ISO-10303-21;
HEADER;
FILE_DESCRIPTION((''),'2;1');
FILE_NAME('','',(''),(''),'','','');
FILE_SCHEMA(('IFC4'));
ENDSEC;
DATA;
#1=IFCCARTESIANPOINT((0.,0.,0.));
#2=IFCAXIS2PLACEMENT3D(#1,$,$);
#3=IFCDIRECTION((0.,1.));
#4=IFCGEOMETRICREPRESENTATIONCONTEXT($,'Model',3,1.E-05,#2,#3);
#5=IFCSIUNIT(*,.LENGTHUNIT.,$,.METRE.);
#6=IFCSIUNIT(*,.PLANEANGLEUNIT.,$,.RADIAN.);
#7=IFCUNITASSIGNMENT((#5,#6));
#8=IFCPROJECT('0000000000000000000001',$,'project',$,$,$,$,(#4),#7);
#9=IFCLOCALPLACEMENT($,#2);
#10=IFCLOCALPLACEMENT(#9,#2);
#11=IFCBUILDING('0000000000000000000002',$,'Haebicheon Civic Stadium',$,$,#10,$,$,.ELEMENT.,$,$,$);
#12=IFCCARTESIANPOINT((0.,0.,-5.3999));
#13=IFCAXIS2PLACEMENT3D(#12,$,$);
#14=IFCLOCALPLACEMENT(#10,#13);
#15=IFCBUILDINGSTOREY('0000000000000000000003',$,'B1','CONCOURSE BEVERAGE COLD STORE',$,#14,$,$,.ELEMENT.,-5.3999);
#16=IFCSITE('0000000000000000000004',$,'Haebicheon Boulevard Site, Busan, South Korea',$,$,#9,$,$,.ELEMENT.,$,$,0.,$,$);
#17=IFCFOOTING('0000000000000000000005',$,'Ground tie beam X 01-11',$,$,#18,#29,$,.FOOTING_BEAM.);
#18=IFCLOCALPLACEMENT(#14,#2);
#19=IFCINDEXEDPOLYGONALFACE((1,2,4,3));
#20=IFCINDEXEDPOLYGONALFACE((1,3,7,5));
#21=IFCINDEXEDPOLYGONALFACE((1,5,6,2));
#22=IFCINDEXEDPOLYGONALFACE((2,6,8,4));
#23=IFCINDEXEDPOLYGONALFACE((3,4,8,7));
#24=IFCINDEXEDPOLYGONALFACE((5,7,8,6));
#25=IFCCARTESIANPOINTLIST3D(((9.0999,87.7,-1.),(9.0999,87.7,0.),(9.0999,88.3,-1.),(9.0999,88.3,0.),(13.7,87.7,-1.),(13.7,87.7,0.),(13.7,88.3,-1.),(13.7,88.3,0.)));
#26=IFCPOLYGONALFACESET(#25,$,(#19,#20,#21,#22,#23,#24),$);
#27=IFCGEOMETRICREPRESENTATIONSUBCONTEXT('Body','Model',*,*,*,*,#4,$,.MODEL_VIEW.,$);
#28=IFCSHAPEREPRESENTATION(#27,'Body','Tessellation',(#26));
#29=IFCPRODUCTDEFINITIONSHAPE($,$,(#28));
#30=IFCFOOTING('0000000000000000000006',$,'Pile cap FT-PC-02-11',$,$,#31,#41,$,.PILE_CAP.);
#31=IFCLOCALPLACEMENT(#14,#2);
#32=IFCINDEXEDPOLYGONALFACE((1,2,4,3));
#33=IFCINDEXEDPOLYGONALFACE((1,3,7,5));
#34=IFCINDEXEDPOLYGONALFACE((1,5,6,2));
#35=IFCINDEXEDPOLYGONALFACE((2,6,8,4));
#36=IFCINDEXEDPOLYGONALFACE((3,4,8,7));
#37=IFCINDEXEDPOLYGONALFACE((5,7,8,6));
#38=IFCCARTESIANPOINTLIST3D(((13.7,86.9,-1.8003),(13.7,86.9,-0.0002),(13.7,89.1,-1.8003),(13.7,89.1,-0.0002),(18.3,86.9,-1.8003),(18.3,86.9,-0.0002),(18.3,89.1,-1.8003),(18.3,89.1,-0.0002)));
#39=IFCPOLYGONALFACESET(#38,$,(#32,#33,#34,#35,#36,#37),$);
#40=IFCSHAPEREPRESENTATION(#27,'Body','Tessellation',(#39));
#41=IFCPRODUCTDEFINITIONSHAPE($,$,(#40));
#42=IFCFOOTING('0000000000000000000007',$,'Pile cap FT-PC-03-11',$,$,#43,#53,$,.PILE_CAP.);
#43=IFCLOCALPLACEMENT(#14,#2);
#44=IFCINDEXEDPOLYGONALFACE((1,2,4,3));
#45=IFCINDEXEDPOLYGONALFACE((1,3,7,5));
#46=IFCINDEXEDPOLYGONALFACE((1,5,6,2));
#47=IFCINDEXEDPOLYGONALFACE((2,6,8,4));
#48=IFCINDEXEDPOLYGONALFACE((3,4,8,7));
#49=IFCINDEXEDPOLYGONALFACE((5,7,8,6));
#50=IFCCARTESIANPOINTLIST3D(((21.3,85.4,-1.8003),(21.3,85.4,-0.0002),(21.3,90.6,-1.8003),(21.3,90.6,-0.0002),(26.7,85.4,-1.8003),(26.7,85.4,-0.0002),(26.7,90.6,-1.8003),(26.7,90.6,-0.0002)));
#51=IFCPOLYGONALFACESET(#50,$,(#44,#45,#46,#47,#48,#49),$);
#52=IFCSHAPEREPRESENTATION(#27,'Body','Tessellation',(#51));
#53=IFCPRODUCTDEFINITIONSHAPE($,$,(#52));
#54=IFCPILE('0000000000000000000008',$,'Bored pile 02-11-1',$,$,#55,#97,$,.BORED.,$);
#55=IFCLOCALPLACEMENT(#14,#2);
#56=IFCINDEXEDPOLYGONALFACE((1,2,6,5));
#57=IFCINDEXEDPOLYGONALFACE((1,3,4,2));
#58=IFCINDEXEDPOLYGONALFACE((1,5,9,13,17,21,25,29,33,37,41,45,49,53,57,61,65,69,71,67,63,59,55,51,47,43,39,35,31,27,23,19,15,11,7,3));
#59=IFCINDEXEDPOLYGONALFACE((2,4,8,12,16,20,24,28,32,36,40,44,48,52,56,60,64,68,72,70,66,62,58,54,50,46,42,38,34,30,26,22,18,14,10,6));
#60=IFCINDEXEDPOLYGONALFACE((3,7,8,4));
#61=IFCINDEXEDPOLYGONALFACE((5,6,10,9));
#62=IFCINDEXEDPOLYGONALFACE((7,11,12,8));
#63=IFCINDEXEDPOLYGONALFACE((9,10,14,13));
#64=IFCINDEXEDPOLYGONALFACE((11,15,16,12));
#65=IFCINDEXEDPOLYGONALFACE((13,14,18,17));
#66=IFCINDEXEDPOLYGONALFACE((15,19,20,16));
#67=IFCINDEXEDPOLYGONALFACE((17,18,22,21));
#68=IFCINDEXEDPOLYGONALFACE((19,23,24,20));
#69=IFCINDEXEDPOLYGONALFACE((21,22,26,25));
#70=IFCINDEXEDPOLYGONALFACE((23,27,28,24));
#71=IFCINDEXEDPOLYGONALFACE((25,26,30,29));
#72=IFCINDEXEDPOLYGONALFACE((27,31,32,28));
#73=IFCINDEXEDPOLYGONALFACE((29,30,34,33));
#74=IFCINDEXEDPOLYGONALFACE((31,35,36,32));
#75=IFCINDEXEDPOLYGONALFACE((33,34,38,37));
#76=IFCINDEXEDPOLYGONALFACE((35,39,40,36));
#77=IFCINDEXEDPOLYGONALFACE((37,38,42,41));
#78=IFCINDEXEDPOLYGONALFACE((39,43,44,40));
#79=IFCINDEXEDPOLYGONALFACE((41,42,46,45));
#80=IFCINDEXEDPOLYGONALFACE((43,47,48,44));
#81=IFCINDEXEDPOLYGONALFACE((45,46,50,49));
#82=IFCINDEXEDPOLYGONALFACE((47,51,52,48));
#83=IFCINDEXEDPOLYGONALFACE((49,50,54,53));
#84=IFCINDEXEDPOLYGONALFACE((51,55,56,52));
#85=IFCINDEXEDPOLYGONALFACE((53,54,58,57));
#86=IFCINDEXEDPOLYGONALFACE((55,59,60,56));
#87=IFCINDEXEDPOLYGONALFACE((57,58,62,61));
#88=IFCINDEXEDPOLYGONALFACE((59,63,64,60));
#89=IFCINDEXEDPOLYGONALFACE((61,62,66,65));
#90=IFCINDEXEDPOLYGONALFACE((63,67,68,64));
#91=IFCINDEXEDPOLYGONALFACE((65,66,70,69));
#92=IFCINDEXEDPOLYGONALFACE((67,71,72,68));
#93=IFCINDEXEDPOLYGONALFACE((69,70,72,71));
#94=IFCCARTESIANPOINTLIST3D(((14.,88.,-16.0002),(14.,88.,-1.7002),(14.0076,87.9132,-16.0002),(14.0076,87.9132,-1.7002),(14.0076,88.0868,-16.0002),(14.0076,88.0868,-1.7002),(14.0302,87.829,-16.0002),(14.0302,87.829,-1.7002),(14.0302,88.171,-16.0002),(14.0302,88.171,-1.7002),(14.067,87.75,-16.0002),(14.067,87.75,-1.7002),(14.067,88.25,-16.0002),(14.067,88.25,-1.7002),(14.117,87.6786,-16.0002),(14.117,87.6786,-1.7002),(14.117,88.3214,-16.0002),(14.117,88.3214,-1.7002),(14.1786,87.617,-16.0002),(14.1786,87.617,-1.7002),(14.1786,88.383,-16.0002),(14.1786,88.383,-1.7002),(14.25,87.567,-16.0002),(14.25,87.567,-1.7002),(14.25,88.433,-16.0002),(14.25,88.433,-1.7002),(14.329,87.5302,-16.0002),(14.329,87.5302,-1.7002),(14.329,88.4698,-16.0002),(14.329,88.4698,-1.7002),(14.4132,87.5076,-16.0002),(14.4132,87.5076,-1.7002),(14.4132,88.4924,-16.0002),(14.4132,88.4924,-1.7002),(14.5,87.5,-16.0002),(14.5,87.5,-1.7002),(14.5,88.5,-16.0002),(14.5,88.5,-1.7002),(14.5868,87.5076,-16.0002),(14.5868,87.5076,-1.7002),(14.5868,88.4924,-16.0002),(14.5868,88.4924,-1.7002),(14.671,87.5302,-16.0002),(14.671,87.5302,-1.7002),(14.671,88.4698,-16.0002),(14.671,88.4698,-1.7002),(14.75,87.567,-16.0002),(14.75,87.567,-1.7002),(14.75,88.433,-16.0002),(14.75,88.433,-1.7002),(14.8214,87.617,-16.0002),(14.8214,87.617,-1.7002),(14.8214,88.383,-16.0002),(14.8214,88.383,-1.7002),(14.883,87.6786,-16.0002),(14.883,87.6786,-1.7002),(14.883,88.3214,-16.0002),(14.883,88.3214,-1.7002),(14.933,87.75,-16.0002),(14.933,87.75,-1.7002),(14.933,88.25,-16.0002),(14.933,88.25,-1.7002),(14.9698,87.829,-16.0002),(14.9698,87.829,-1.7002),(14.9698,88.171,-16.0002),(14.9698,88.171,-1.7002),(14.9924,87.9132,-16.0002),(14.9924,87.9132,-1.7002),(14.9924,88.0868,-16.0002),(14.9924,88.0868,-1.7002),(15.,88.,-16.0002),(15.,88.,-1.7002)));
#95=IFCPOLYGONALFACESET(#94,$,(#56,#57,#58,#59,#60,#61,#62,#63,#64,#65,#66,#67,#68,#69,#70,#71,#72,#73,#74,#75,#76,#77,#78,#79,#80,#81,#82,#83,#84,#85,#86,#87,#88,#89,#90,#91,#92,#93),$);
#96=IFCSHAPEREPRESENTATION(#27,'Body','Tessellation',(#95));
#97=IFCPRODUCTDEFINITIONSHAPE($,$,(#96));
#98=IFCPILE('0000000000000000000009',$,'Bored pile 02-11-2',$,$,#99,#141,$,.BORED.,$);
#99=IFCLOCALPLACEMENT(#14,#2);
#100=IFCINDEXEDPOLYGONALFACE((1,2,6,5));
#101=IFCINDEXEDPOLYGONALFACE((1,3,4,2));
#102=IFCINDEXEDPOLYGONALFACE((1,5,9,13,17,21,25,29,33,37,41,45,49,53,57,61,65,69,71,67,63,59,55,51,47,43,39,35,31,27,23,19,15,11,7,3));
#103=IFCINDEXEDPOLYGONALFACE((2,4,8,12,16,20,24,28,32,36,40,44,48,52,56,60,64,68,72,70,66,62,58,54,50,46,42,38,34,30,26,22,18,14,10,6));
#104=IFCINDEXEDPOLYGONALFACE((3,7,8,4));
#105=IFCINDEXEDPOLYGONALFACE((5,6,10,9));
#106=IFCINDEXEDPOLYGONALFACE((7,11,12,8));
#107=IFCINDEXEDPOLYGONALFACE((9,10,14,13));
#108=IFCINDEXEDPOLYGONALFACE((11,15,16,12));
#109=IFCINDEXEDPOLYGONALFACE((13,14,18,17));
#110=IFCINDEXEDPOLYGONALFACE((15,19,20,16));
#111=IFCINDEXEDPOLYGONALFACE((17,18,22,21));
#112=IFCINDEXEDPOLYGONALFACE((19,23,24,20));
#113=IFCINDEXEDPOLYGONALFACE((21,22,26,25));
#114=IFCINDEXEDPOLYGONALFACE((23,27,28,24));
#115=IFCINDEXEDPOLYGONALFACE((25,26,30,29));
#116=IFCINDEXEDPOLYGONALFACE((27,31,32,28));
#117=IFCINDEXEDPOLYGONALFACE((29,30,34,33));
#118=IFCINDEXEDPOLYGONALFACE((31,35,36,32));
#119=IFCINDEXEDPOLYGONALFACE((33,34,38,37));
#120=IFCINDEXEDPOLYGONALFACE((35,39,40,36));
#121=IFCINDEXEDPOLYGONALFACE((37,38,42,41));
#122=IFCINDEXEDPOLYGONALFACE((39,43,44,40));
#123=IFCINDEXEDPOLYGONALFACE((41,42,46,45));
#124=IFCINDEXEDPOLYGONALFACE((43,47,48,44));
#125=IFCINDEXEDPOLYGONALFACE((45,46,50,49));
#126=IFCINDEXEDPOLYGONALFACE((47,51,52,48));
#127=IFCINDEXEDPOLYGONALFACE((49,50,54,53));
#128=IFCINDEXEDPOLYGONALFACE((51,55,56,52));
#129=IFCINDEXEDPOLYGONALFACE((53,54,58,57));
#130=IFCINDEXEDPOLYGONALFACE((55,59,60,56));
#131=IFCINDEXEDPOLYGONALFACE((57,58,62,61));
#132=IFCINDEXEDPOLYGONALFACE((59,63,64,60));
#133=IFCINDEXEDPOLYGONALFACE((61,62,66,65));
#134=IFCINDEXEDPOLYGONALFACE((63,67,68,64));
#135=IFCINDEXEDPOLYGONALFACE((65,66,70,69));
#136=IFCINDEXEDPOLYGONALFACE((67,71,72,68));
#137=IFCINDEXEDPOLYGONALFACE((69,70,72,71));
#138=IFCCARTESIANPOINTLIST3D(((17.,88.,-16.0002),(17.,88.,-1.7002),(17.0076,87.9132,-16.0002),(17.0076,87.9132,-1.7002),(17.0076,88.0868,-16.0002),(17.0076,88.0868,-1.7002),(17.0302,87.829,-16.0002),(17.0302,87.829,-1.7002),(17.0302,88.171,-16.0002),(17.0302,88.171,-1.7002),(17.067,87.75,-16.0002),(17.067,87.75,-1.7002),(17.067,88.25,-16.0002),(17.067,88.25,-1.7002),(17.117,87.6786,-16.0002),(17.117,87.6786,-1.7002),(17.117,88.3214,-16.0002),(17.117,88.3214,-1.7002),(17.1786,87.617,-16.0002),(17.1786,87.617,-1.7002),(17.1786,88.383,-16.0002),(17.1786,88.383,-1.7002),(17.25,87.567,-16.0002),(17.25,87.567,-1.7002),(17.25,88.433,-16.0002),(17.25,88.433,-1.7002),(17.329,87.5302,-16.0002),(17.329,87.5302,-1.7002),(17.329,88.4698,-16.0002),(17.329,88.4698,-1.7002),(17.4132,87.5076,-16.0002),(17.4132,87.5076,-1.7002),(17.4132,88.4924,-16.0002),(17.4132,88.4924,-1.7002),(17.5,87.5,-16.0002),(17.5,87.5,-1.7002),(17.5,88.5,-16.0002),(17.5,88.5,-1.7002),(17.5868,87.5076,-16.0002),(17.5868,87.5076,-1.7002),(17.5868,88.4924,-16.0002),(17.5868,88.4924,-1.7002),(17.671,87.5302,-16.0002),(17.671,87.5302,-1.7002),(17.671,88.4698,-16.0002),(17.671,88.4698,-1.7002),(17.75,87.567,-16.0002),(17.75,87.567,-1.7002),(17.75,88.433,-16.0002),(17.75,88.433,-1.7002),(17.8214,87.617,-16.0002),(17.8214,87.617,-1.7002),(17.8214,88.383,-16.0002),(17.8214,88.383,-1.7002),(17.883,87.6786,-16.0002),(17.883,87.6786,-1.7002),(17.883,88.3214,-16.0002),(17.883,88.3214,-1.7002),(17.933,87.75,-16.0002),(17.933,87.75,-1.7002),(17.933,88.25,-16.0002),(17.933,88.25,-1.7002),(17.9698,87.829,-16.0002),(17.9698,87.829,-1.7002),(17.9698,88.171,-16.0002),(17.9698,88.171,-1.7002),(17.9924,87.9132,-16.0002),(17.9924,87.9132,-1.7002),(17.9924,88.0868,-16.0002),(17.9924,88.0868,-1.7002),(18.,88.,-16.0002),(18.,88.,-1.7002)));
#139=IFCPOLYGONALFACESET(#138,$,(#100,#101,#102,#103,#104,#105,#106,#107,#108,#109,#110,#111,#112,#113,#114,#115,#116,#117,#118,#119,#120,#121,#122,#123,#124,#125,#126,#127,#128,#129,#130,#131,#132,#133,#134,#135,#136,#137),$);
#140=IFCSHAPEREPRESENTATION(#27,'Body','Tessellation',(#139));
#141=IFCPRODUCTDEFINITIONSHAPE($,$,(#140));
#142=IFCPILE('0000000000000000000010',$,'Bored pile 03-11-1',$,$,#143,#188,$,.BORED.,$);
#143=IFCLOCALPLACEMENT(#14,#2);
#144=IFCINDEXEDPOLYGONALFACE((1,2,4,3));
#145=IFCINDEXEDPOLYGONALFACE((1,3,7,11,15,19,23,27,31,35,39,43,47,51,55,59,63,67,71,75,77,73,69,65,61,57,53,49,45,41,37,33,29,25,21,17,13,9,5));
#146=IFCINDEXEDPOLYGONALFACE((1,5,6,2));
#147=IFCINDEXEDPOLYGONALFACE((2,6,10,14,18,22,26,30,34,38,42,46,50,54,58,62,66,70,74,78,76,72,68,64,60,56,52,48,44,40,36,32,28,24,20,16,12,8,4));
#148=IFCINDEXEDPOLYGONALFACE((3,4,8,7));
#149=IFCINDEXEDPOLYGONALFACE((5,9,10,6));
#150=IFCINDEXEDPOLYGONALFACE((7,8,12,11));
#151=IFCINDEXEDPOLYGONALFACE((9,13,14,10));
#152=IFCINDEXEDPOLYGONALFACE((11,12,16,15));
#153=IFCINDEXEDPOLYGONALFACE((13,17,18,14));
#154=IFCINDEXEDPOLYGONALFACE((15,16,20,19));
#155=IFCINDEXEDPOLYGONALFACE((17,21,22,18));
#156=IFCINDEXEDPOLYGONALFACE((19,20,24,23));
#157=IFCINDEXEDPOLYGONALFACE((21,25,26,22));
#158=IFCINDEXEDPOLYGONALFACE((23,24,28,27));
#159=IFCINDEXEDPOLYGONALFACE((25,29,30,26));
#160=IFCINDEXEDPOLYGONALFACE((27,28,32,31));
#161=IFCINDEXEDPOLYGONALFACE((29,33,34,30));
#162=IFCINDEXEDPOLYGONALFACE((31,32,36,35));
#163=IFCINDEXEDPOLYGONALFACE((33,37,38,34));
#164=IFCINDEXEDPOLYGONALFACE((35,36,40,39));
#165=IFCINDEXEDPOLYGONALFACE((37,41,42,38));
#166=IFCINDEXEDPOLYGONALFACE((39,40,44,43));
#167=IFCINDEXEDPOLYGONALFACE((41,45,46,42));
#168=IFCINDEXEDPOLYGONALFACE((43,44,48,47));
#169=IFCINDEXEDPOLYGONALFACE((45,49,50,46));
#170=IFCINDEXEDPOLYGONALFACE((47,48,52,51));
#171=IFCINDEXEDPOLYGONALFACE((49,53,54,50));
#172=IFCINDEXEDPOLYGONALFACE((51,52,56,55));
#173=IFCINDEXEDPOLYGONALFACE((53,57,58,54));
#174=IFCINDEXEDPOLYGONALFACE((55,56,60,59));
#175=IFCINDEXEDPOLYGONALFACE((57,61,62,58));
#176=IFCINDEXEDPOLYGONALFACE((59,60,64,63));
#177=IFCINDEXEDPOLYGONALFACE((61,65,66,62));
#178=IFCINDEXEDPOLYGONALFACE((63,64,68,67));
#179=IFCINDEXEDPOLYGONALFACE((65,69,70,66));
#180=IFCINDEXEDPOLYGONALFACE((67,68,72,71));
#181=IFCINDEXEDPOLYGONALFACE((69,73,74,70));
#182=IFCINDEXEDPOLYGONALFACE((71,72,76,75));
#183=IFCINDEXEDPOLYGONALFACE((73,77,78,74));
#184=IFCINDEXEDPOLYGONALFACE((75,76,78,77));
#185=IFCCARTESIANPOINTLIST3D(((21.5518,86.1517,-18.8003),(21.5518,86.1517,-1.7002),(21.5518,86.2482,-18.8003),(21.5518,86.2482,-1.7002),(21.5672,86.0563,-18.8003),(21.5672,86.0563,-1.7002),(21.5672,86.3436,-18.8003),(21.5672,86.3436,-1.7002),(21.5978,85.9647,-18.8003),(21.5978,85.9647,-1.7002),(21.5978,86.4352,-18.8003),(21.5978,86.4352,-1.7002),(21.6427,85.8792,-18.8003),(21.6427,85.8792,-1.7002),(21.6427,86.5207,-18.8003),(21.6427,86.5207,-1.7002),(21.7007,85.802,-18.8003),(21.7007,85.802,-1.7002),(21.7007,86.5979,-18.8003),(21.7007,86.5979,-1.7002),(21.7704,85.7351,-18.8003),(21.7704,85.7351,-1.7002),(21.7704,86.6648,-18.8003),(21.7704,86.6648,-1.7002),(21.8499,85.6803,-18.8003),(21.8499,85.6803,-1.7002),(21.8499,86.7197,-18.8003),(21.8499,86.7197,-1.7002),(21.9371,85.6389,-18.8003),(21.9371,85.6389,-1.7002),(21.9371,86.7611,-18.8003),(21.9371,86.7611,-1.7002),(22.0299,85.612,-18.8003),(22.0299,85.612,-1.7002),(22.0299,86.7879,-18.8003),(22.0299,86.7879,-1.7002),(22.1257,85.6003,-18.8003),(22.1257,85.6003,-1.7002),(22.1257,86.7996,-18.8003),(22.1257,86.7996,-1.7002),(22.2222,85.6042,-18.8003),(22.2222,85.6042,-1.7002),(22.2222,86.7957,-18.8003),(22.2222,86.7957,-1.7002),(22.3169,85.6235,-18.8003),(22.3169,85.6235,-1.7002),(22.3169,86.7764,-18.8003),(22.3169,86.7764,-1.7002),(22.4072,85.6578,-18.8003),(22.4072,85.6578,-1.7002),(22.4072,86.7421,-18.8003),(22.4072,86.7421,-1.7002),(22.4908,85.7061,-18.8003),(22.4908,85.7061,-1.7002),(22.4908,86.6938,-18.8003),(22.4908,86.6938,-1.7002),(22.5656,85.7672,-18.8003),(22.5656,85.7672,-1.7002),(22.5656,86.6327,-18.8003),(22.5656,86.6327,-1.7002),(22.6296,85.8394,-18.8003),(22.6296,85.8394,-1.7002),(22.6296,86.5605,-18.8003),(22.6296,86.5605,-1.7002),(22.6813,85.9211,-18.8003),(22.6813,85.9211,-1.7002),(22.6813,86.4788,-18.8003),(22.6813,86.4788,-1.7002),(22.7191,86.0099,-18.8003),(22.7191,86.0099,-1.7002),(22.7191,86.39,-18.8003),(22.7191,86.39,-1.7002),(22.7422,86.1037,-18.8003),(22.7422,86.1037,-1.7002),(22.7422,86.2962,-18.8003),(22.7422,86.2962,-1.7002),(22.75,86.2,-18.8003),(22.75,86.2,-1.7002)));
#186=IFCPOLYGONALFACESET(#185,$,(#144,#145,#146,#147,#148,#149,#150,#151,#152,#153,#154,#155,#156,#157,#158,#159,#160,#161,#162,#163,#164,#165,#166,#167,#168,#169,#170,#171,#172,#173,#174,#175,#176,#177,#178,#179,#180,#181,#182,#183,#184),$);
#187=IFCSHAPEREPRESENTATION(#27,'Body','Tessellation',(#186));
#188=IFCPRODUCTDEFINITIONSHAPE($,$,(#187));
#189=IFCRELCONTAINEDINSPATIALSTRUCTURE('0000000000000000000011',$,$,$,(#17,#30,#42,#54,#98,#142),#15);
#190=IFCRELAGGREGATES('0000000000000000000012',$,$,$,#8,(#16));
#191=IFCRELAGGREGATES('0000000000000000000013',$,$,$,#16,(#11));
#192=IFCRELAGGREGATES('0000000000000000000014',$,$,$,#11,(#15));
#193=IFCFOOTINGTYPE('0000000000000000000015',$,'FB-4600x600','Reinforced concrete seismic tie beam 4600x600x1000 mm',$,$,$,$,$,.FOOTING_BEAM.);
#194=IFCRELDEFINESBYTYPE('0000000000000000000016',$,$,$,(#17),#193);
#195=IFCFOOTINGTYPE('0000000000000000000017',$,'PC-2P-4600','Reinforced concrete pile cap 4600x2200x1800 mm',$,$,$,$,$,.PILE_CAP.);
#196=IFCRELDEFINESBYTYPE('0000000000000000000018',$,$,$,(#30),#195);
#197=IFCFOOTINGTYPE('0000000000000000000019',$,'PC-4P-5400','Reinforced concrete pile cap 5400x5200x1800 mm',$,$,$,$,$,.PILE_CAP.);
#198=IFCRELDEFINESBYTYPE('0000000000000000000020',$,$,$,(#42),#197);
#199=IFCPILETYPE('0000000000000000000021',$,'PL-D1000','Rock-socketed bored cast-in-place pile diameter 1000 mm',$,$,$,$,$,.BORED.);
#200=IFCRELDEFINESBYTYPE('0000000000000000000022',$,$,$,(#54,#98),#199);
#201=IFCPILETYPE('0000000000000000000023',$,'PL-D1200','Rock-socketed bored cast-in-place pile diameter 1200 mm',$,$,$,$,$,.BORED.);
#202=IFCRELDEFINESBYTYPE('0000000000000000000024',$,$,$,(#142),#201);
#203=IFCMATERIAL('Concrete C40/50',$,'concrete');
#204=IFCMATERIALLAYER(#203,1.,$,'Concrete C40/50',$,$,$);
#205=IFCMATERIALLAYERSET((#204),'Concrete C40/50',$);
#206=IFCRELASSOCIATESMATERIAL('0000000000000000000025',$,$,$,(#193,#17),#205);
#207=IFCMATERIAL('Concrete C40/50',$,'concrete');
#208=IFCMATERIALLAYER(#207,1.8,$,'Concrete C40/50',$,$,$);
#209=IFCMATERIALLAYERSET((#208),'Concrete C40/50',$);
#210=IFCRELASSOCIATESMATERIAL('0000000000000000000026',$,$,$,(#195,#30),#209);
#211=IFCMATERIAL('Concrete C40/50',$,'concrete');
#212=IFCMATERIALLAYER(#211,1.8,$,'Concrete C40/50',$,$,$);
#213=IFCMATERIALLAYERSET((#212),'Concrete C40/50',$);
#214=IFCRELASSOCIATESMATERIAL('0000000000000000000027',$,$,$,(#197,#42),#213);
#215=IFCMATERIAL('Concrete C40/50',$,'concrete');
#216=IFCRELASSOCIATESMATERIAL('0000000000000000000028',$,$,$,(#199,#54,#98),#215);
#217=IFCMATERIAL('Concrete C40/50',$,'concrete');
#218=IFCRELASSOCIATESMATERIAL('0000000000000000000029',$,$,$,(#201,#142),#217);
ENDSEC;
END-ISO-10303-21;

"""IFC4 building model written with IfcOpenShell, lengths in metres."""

from ifc_helpers import new_model, si_unit, direction, frame, origin, origin_2d, place, context, subcontext, project, spatial, rectangle, circle, extrude, material, layer, layer_set, material_profile, profile_set, type_object, element, save


model = new_model("IFC4")

# Units and contexts
model_context = context("Model", 3, precision=1e-05, world=origin(), true_north=direction((0.0, 1.0)))
body_context = subcontext(model_context, "Body", "Model", "MODEL_VIEW")
ifc_project = project(units=[si_unit("LENGTHUNIT", "METRE"), si_unit("PLANEANGLEUNIT", "RADIAN")], contexts=[model_context])

# Site, building, storey
site_placement = place(None, origin())
site = spatial("IfcSite", under=ifc_project, at=site_placement, Name="Haebicheon Boulevard Site, Busan, South Korea", CompositionType="ELEMENT", RefElevation=0.0)
building_placement = place(site_placement, origin())
building = spatial("IfcBuilding", under=site, at=building_placement, Name="Haebicheon Civic Stadium", CompositionType="ELEMENT")
storey_placement = place(building_placement, frame((0.0, 0.0, -5.3999)))
storey = spatial("IfcBuildingStorey", under=building, at=storey_placement, Name="B1", Description="CONCOURSE BEVERAGE COLD STORE", CompositionType="ELEMENT", Elevation=-5.3999)

# Footings
ifc_material_1 = material(Name="Concrete C40/50", Category="concrete")
ifc_layer_1 = layer(ifc_material_1, 1.0, Name="Concrete C40/50")
ifc_layer_set_1 = layer_set([ifc_layer_1], Name="Concrete C40/50")
footing_type_1 = type_object("IfcFootingType", Name="FB-4600x600", Description="Reinforced concrete seismic tie beam 4600x600x1000 mm", PredefinedType="FOOTING_BEAM", material=ifc_layer_set_1)
footing_1_placement = place(storey_placement, frame((11.3999, 88.0, -1.0), z_axis=(0.0, 0.0, 1.0), x_axis=(1.0, 0.0, 0.0)))
element("IfcFooting", 1, at=footing_1_placement, inside=storey, type_object=footing_type_1, material=ifc_layer_set_1, Name="Ground tie beam X 01-11", PredefinedType="FOOTING_BEAM", context=body_context, shape_type="SweptSolid", body=[
    extrude(rectangle(XDim=4.6001, YDim=0.6001, at=origin_2d()), origin(), (0.0, 0.0, 1.0), 1.0),
])
ifc_material_2 = material(Name="Concrete C40/50", Category="concrete")
ifc_layer_2 = layer(ifc_material_2, 1.8, Name="Concrete C40/50")
ifc_layer_set_2 = layer_set([ifc_layer_2], Name="Concrete C40/50")
footing_type_2 = type_object("IfcFootingType", Name="PC-2P-4600", Description="Reinforced concrete pile cap 4600x2200x1800 mm", PredefinedType="PILE_CAP", material=ifc_layer_set_2)
footing_2_placement = place(storey_placement, frame((16.0, 88.0, -1.8003), z_axis=(0.0, 0.0, 1.0), x_axis=(1.0, 0.0, 0.0)))
element("IfcFooting", 2, at=footing_2_placement, inside=storey, type_object=footing_type_2, material=ifc_layer_set_2, Name="Pile cap FT-PC-02-11", PredefinedType="PILE_CAP", context=body_context, shape_type="SweptSolid", body=[
    extrude(rectangle(XDim=4.6001, YDim=2.2, at=origin_2d()), origin(), (0.0, 0.0, 1.0), 1.8),
])
ifc_material_3 = material(Name="Concrete C40/50", Category="concrete")
ifc_layer_3 = layer(ifc_material_3, 1.8, Name="Concrete C40/50")
ifc_layer_set_3 = layer_set([ifc_layer_3], Name="Concrete C40/50")
footing_type_3 = type_object("IfcFootingType", Name="PC-4P-5400", Description="Reinforced concrete pile cap 5400x5200x1800 mm", PredefinedType="PILE_CAP", material=ifc_layer_set_3)
footing_3_placement = place(storey_placement, frame((24.0, 88.0, -1.8003), z_axis=(0.0, 0.0, 1.0), x_axis=(1.0, 0.0, 0.0)))
element("IfcFooting", 3, at=footing_3_placement, inside=storey, type_object=footing_type_3, material=ifc_layer_set_3, Name="Pile cap FT-PC-03-11", PredefinedType="PILE_CAP", context=body_context, shape_type="SweptSolid", body=[
    extrude(rectangle(XDim=5.3999, YDim=5.2, at=origin_2d()), origin(), (0.0, 0.0, 1.0), 1.8),
])

# Piles
ifc_material_4 = material(Name="Concrete C40/50", Category="concrete")
ifc_material_profile_1 = material_profile(ifc_material_4, circle(Radius=0.5, at=origin_2d()), Name="PILE-D1000")
ifc_profile_set_1 = profile_set([ifc_material_profile_1], Name="Concrete C40/50")
pile_type_1 = type_object("IfcPileType", Name="PL-D1000", Description="Rock-socketed bored cast-in-place pile diameter 1000 mm", PredefinedType="BORED", material=ifc_profile_set_1)
for number, where, z_axis, x_axis, name in (
    (4, (14.5, 88.0, -1.7002), (0.0, 0.0, -1.0), (1.0, 0.0, 0.0), "Bored pile 02-11-1"),
    (5, (17.5, 88.0, -1.7002), (0.0, 0.0, -1.0), (1.0, 0.0, 0.0), "Bored pile 02-11-2"),
):
    element("IfcPile", number, at=place(storey_placement, frame(where, z_axis=z_axis, x_axis=x_axis)), inside=storey, type_object=pile_type_1, material=ifc_profile_set_1, Name=name, PredefinedType="BORED", context=body_context, shape_type="SweptSolid", body=[
        extrude(circle(Radius=0.5, at=origin_2d()), origin(), (0.0, 0.0, 1.0), 14.3),
    ])
ifc_material_5 = material(Name="Concrete C40/50", Category="concrete")
ifc_material_profile_2 = material_profile(ifc_material_5, circle(Radius=0.6001, at=origin_2d()), Name="PILE-D1200")
ifc_profile_set_2 = profile_set([ifc_material_profile_2], Name="Concrete C40/50")
pile_type_2 = type_object("IfcPileType", Name="PL-D1200", Description="Rock-socketed bored cast-in-place pile diameter 1200 mm", PredefinedType="BORED", material=ifc_profile_set_2)
pile_placement = place(storey_placement, frame((22.1499, 86.2, -1.7002), z_axis=(0.0, 0.0, -1.0), x_axis=(1.0, 0.0, 0.0)))
element("IfcPile", 6, at=pile_placement, inside=storey, type_object=pile_type_2, material=ifc_profile_set_2, Name="Bored pile 03-11-1", PredefinedType="BORED", context=body_context, shape_type="SweptSolid", body=[
    extrude(circle(Radius=0.6001, at=origin_2d()), origin(), (0.0, 0.0, 1.0), 17.1001),
])

save(model, "model.ifc")
